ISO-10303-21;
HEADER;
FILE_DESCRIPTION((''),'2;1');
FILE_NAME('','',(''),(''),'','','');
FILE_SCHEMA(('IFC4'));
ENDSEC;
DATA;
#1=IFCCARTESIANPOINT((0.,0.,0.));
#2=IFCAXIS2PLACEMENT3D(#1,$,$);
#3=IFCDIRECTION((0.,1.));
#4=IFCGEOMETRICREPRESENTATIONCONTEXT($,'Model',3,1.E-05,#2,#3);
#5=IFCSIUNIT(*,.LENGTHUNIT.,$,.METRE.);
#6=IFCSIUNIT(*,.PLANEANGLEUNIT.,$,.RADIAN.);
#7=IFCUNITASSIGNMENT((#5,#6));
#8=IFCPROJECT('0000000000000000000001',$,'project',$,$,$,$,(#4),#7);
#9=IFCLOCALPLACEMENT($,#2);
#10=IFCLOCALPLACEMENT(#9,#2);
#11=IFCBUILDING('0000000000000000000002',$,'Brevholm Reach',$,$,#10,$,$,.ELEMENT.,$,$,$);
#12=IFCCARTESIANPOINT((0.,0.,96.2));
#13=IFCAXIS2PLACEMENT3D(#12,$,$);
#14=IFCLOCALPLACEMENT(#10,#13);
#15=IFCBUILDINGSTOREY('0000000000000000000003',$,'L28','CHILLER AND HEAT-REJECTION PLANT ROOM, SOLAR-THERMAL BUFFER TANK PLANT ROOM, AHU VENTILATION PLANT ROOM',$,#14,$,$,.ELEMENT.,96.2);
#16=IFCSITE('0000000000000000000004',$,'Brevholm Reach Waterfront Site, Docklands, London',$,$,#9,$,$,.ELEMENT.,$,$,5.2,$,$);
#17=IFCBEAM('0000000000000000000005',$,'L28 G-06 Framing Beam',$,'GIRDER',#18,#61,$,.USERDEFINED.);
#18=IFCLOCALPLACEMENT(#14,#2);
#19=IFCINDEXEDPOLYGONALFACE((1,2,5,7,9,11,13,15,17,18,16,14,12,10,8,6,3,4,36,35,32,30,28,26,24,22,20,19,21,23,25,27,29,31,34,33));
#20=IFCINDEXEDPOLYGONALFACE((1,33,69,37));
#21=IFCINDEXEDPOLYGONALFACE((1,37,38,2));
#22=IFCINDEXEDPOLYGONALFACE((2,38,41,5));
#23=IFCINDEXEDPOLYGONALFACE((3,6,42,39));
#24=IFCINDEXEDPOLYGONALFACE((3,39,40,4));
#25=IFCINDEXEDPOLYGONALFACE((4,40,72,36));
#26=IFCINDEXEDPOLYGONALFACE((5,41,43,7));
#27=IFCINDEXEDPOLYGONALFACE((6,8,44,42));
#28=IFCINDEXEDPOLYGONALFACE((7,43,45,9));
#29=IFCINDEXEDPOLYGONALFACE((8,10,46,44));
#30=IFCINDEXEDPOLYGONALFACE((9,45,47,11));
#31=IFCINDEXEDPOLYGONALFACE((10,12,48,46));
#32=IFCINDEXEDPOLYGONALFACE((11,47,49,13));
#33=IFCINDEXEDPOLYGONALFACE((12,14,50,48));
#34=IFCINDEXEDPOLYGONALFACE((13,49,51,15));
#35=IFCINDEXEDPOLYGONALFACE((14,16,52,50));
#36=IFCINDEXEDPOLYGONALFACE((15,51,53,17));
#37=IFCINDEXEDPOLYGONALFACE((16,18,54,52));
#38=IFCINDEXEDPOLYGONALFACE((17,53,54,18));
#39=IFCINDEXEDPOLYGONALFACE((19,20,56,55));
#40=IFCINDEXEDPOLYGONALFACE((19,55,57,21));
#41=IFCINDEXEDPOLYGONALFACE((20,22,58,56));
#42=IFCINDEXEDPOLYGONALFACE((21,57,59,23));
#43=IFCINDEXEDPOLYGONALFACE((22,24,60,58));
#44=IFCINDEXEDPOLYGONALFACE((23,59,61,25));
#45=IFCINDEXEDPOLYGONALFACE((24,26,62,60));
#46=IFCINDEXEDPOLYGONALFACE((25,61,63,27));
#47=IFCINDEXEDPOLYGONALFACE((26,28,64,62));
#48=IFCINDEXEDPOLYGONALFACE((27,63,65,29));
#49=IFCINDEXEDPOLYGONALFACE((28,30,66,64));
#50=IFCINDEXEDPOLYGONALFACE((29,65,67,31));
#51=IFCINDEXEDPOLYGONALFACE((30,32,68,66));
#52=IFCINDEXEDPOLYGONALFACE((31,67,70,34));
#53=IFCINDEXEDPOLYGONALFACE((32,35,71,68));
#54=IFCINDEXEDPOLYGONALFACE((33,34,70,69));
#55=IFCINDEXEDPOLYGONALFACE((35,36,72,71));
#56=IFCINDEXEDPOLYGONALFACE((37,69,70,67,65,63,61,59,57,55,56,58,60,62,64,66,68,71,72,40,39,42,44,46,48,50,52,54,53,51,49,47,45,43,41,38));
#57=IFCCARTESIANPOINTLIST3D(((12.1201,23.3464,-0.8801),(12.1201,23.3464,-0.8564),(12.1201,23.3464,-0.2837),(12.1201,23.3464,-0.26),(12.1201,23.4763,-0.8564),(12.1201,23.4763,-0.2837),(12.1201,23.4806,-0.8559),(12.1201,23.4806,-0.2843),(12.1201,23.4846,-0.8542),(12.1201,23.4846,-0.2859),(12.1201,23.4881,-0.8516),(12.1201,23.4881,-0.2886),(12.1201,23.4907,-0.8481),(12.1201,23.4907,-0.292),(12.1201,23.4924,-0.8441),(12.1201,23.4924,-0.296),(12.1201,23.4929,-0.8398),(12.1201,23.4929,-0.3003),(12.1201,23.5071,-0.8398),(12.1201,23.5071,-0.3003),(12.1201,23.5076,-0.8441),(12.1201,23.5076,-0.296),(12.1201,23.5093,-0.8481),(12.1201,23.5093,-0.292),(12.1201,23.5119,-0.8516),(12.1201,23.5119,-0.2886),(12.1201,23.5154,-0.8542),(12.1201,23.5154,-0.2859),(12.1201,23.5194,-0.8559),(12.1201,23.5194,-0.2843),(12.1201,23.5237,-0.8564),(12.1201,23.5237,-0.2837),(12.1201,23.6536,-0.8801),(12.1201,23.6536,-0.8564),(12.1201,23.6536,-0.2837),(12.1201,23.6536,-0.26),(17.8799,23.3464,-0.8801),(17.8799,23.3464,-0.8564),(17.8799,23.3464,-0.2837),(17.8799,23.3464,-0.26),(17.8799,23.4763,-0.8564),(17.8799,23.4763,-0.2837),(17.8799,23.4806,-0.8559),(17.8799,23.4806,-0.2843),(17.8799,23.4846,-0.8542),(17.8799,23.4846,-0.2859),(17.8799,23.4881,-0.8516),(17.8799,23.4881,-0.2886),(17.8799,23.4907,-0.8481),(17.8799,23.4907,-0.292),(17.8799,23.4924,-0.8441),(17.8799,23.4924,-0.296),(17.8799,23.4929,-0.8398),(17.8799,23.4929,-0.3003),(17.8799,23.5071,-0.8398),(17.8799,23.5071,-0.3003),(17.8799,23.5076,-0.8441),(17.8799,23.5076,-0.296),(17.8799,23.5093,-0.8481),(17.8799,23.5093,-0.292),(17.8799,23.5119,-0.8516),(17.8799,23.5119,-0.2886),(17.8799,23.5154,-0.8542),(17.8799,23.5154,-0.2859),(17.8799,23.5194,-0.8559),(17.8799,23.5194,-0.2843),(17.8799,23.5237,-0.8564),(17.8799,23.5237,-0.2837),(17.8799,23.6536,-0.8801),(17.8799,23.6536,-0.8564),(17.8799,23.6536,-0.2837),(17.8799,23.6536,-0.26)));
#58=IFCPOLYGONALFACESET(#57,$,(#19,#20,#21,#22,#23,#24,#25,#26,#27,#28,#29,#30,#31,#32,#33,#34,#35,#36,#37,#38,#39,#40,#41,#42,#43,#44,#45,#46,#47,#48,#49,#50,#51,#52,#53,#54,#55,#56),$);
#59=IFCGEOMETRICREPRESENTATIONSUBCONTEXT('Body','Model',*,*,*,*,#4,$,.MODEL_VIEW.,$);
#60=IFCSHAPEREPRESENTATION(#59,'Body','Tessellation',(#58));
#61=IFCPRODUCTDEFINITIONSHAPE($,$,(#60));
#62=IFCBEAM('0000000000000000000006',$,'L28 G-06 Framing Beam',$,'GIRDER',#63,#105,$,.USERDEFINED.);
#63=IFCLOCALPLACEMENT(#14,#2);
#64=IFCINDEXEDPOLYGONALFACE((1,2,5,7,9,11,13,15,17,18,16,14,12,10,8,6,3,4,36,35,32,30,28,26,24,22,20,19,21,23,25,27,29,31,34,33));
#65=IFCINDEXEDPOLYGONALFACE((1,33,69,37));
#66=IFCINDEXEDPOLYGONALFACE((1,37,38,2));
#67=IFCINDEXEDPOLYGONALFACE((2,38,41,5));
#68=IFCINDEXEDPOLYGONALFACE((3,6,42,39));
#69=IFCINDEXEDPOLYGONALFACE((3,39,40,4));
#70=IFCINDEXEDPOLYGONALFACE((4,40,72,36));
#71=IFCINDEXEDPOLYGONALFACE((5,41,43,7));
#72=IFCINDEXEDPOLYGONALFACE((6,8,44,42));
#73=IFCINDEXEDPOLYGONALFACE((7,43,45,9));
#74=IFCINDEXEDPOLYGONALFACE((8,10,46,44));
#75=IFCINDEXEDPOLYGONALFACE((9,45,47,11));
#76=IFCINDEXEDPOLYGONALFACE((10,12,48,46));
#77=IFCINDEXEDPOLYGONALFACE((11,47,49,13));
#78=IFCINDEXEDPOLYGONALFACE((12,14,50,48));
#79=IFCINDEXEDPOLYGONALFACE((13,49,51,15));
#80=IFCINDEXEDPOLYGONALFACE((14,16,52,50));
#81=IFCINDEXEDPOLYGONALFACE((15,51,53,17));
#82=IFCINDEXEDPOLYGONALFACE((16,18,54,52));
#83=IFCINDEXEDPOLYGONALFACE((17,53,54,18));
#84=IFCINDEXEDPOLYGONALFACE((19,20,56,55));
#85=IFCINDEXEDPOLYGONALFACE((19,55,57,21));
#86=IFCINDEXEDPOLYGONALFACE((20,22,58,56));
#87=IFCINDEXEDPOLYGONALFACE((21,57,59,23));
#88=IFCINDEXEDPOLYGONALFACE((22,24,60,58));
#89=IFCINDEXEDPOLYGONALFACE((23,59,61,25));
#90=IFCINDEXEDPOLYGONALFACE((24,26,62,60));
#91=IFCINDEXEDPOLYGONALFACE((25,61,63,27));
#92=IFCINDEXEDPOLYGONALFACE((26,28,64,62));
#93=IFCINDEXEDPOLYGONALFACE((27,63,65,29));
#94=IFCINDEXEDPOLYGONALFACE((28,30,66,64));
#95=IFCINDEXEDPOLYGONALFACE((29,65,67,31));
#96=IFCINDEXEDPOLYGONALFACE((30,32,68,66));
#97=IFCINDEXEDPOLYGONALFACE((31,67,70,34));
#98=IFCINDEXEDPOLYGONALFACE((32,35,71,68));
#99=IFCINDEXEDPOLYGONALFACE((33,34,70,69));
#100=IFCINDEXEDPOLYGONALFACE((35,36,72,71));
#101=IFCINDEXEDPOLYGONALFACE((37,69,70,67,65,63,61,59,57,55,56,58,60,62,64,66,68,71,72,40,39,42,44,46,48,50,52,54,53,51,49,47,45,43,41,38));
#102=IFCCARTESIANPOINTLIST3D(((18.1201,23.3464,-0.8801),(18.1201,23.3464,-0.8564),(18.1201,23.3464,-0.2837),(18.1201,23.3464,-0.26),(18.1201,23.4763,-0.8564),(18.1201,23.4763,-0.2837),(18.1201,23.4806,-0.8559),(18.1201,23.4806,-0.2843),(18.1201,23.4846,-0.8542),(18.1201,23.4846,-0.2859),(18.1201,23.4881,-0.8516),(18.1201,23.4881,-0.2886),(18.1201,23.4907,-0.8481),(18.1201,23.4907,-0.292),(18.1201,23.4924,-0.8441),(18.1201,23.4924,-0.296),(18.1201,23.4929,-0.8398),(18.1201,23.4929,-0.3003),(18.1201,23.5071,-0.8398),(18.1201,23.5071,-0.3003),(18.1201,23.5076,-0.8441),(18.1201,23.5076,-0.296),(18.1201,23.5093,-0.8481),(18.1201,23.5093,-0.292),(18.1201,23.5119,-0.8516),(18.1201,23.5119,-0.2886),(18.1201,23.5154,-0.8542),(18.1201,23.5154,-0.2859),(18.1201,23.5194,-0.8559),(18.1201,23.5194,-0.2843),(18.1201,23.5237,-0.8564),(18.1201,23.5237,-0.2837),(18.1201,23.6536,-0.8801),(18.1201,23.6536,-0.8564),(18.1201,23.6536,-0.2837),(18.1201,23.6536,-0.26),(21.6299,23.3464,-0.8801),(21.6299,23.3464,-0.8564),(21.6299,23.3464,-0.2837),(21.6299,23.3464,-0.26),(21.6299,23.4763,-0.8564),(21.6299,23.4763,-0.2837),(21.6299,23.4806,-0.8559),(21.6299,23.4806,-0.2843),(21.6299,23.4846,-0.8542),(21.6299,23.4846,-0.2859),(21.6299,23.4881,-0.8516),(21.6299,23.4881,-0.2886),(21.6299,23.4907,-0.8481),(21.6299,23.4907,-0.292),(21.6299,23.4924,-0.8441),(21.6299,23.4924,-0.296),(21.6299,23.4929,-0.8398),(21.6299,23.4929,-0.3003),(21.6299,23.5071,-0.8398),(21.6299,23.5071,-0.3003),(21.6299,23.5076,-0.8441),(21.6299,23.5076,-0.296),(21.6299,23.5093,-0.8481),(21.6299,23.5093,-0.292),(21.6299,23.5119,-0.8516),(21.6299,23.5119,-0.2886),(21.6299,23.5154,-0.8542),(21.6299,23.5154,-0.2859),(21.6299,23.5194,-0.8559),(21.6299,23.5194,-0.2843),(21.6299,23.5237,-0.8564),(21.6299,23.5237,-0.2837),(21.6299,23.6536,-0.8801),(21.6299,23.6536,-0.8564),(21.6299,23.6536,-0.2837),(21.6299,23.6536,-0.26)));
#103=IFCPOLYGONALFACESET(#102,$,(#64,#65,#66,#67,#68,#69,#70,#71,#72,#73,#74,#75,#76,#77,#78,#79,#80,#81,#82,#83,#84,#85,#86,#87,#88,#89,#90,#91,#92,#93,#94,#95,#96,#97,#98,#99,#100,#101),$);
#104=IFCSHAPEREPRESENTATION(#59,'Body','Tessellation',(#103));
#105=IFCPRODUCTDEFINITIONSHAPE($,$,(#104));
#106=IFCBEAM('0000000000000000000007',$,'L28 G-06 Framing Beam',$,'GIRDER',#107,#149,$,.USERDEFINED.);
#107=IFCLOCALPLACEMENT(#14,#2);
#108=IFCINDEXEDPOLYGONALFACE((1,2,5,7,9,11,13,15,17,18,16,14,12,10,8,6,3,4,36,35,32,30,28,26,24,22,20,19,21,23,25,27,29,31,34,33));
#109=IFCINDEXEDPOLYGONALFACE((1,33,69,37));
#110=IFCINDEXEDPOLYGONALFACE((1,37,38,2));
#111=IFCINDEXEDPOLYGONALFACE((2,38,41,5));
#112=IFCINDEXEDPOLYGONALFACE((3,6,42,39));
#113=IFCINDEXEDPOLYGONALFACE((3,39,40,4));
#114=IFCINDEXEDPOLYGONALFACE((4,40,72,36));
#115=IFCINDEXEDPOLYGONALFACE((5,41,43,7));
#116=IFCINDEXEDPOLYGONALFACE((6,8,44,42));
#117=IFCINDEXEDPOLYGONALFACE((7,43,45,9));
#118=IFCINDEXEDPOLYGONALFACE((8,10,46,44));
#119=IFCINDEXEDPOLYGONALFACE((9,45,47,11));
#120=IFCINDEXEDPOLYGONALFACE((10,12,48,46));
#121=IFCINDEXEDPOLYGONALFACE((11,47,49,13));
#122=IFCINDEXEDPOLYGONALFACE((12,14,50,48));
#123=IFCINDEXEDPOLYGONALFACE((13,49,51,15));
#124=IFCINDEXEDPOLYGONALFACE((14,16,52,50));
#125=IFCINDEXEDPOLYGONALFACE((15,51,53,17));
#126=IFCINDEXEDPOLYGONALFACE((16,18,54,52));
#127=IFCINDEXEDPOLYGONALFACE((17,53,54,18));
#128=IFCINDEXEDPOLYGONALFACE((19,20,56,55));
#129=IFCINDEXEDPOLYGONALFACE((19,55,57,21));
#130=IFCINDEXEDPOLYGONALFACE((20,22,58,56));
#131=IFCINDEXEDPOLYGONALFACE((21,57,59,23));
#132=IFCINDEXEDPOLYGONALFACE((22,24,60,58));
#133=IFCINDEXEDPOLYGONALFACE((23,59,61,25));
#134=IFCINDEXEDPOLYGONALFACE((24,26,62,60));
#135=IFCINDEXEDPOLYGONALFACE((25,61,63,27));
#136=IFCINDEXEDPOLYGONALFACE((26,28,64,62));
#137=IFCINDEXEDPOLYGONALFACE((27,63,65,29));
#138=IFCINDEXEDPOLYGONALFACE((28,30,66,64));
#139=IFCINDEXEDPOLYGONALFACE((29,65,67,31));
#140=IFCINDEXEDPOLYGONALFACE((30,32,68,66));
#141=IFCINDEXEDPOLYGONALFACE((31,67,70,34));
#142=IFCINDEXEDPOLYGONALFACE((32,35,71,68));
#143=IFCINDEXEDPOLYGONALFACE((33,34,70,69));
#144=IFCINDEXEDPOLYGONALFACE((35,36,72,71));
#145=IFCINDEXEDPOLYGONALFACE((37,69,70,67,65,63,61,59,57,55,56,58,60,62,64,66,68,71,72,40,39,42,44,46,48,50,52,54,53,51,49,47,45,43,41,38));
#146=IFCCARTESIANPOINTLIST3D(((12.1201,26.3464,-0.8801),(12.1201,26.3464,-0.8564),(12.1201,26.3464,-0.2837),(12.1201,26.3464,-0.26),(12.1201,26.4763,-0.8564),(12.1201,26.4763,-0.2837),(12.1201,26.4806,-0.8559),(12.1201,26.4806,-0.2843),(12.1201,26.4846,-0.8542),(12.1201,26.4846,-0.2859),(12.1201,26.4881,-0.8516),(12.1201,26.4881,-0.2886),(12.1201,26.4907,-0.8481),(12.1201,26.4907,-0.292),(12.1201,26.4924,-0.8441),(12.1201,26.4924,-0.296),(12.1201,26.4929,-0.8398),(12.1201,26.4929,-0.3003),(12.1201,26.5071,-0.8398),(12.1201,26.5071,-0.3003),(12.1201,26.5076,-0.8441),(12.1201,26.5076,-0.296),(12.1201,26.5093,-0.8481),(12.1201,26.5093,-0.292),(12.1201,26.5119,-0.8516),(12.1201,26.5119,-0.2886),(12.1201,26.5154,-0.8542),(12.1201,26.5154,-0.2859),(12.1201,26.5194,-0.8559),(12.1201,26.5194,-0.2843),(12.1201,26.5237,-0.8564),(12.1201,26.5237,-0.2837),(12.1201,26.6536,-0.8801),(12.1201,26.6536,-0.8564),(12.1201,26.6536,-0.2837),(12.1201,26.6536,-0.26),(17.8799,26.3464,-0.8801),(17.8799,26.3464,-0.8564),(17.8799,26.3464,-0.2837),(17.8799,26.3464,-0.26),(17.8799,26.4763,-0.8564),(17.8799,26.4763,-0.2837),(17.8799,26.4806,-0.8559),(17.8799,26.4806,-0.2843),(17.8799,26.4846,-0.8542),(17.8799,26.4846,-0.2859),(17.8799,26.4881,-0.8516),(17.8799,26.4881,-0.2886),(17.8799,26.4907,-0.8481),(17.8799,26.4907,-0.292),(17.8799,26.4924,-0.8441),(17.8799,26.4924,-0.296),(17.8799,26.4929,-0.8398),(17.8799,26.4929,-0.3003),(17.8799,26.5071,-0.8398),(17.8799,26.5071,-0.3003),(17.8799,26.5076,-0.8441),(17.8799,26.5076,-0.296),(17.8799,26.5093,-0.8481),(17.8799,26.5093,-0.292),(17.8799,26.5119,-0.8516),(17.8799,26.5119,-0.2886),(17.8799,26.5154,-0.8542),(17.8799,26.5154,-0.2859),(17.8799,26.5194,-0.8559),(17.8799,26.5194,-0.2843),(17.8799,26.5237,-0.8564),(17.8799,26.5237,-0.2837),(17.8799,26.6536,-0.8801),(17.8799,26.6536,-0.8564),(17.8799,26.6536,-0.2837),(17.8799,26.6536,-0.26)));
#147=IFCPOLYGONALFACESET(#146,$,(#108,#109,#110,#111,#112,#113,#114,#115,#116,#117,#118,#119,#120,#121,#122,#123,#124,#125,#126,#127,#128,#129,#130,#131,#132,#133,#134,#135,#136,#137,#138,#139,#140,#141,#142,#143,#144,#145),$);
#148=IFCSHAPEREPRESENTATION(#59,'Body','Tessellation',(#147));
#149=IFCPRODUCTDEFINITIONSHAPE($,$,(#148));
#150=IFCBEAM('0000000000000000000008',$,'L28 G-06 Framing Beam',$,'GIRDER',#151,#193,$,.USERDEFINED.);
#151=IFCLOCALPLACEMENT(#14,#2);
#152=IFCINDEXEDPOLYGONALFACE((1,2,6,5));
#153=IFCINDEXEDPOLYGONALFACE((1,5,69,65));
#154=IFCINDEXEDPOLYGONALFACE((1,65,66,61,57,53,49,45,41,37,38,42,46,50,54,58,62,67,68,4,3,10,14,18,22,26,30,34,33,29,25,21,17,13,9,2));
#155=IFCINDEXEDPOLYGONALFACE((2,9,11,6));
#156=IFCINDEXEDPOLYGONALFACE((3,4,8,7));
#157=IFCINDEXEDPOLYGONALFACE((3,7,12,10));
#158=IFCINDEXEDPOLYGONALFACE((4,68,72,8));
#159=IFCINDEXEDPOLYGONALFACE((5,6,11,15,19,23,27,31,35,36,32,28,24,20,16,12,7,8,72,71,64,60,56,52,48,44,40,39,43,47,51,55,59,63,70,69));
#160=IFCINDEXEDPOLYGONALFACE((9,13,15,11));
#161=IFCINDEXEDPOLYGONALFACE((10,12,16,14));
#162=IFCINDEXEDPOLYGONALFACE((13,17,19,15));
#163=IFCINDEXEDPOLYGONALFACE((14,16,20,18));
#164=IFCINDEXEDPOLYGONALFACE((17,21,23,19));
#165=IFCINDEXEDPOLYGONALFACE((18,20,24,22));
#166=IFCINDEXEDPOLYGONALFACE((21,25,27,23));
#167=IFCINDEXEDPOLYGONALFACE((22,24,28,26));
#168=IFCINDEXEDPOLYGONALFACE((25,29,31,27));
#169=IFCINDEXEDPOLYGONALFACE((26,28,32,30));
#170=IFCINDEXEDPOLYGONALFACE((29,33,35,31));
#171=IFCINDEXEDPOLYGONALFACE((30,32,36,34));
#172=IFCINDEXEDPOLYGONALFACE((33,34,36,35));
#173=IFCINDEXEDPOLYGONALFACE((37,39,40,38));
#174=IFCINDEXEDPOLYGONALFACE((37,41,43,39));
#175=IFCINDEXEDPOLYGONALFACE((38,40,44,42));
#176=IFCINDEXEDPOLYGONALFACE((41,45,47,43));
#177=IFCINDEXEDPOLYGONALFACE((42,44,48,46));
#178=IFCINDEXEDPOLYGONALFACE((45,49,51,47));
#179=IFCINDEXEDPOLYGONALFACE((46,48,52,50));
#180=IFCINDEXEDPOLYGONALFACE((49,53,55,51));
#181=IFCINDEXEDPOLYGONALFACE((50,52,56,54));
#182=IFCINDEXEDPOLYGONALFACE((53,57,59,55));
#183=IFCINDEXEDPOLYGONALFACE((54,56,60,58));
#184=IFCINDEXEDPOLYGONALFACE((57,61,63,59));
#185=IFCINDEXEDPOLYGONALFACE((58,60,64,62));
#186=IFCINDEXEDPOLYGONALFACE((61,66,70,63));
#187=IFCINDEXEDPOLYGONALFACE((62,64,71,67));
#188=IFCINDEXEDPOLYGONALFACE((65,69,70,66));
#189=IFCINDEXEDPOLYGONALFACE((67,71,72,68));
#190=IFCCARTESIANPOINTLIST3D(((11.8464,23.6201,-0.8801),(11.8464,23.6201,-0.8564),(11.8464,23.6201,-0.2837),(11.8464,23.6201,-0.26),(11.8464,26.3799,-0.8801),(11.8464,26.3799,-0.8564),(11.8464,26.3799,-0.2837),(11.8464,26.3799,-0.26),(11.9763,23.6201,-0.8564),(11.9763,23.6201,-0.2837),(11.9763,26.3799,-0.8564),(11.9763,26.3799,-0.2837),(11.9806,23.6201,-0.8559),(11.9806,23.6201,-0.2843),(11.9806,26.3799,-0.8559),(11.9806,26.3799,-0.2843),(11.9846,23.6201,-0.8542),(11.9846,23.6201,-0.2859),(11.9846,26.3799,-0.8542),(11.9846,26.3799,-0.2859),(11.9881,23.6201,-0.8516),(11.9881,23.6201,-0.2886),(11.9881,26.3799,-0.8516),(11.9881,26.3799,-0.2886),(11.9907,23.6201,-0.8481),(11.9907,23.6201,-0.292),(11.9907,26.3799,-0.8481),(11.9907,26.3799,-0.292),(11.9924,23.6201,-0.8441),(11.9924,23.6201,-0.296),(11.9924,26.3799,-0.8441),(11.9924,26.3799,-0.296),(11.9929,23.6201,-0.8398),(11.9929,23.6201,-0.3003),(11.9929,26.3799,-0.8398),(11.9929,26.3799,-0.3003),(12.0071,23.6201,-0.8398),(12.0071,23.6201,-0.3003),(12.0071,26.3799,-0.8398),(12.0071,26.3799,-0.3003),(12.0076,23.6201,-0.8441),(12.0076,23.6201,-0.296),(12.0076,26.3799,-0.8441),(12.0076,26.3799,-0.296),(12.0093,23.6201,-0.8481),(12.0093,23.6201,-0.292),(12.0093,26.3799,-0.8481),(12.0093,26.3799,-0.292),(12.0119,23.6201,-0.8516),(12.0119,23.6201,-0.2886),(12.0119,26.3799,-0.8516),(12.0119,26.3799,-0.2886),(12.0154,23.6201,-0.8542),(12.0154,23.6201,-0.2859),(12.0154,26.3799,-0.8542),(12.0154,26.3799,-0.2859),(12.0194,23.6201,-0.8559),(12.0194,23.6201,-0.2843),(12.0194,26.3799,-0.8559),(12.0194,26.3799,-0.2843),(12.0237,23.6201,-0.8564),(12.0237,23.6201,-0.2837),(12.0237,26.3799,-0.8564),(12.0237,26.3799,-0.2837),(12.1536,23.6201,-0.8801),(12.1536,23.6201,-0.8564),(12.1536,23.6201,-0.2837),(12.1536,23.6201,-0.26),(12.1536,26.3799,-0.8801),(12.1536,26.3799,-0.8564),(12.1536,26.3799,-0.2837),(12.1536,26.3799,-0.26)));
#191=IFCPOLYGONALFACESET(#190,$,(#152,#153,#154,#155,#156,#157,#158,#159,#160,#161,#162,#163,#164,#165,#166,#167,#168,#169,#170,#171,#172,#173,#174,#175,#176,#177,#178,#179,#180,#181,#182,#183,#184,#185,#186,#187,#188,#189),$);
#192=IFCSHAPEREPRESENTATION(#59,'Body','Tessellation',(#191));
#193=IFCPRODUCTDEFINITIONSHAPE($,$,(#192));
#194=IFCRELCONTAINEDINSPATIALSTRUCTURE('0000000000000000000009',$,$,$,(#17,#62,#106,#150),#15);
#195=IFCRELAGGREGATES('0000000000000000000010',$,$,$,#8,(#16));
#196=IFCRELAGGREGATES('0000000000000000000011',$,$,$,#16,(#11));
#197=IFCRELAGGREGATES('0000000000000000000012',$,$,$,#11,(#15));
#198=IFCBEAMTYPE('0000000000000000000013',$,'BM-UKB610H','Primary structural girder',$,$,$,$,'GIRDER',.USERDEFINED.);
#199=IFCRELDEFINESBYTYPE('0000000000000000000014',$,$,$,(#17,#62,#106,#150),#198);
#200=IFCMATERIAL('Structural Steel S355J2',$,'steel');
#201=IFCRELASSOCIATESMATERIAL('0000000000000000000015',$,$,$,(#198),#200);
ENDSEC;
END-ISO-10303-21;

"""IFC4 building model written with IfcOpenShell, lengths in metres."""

from ifc_helpers import new_model, si_unit, direction, frame, origin, origin_2d, place, context, subcontext, project, spatial, i_section, extrude, material, material_profile, profile_set, type_object, element, save


model = new_model("IFC4")

# Units and contexts
model_context = context("Model", 3, precision=1e-05, world=origin(), true_north=direction((0.0, 1.0)))
body_context = subcontext(model_context, "Body", "Model", "MODEL_VIEW")
ifc_project = project(units=[si_unit("LENGTHUNIT", "METRE"), si_unit("PLANEANGLEUNIT", "RADIAN")], contexts=[model_context])

# Site, building, storey
site_placement = place(None, origin())
site = spatial("IfcSite", under=ifc_project, at=site_placement, Name="Brevholm Reach Waterfront Site, Docklands, London", CompositionType="ELEMENT", RefElevation=5.2)
building_placement = place(site_placement, origin())
building = spatial("IfcBuilding", under=site, at=building_placement, Name="Brevholm Reach", CompositionType="ELEMENT")
storey_placement = place(building_placement, frame((0.0, 0.0, 96.2)))
storey = spatial("IfcBuildingStorey", under=building, at=storey_placement, Name="L28", Description="CHILLER AND HEAT-REJECTION PLANT ROOM, SOLAR-THERMAL BUFFER TANK PLANT ROOM, AHU VENTILATION PLANT ROOM", CompositionType="ELEMENT", Elevation=96.2)

# Beams
ifc_material_1 = material(Name="Structural Steel S355J2", Category="steel")
ifc_material_profile_1 = material_profile(ifc_material_1, i_section(OverallWidth=0.3071, OverallDepth=0.6201, WebThickness=0.0142, FlangeThickness=0.0237, FilletRadius=0.0166, at=origin_2d()), Name="UKB 610x305x179")
ifc_profile_set_1 = profile_set([ifc_material_profile_1], Name="Structural Steel S355J2")
beam_type_1 = type_object("IfcBeamType", Name="BM-UKB610H", Description="Primary structural girder", ElementType="GIRDER", PredefinedType="USERDEFINED", material=ifc_profile_set_1)
beam_1_placement = place(storey_placement, frame((12.1201, 23.5, -0.5701), z_axis=(1.0, 0.0, 0.0), x_axis=(0.0, 1.0, 0.0)))
element("IfcBeam", 1, at=beam_1_placement, inside=storey, type_object=beam_type_1, Name="L28 G-06 Framing Beam", ObjectType="GIRDER", PredefinedType="USERDEFINED", context=body_context, shape_type="SweptSolid", body=[
    extrude(i_section(OverallWidth=0.3071, OverallDepth=0.6201, WebThickness=0.0142, FlangeThickness=0.0237, FilletRadius=0.0166, at=origin_2d()), origin(), (0.0, 0.0, 1.0), 5.7598),
])
beam_2_placement = place(storey_placement, frame((18.1201, 23.5, -0.5701), z_axis=(1.0, 0.0, 0.0), x_axis=(0.0, 1.0, 0.0)))
element("IfcBeam", 2, at=beam_2_placement, inside=storey, type_object=beam_type_1, Name="L28 G-06 Framing Beam", ObjectType="GIRDER", PredefinedType="USERDEFINED", context=body_context, shape_type="SweptSolid", body=[
    extrude(i_section(OverallWidth=0.3071, OverallDepth=0.6201, WebThickness=0.0142, FlangeThickness=0.0237, FilletRadius=0.0166, at=origin_2d()), origin(), (0.0, 0.0, 1.0), 3.5098),
])
beam_3_placement = place(storey_placement, frame((12.1201, 26.5, -0.5701), z_axis=(1.0, 0.0, 0.0), x_axis=(0.0, 1.0, 0.0)))
element("IfcBeam", 3, at=beam_3_placement, inside=storey, type_object=beam_type_1, Name="L28 G-06 Framing Beam", ObjectType="GIRDER", PredefinedType="USERDEFINED", context=body_context, shape_type="SweptSolid", body=[
    extrude(i_section(OverallWidth=0.3071, OverallDepth=0.6201, WebThickness=0.0142, FlangeThickness=0.0237, FilletRadius=0.0166, at=origin_2d()), origin(), (0.0, 0.0, 1.0), 5.7598),
])
beam_4_placement = place(storey_placement, frame((12.0, 23.6201, -0.5701), z_axis=(0.0, 1.0, 0.0), x_axis=(-1.0, 0.0, 0.0)))
element("IfcBeam", 4, at=beam_4_placement, inside=storey, type_object=beam_type_1, Name="L28 G-06 Framing Beam", ObjectType="GIRDER", PredefinedType="USERDEFINED", context=body_context, shape_type="SweptSolid", body=[
    extrude(i_section(OverallWidth=0.3071, OverallDepth=0.6201, WebThickness=0.0142, FlangeThickness=0.0237, FilletRadius=0.0166, at=origin_2d()), origin(), (0.0, 0.0, 1.0), 2.7598),
])

save(model, "model.ifc")
